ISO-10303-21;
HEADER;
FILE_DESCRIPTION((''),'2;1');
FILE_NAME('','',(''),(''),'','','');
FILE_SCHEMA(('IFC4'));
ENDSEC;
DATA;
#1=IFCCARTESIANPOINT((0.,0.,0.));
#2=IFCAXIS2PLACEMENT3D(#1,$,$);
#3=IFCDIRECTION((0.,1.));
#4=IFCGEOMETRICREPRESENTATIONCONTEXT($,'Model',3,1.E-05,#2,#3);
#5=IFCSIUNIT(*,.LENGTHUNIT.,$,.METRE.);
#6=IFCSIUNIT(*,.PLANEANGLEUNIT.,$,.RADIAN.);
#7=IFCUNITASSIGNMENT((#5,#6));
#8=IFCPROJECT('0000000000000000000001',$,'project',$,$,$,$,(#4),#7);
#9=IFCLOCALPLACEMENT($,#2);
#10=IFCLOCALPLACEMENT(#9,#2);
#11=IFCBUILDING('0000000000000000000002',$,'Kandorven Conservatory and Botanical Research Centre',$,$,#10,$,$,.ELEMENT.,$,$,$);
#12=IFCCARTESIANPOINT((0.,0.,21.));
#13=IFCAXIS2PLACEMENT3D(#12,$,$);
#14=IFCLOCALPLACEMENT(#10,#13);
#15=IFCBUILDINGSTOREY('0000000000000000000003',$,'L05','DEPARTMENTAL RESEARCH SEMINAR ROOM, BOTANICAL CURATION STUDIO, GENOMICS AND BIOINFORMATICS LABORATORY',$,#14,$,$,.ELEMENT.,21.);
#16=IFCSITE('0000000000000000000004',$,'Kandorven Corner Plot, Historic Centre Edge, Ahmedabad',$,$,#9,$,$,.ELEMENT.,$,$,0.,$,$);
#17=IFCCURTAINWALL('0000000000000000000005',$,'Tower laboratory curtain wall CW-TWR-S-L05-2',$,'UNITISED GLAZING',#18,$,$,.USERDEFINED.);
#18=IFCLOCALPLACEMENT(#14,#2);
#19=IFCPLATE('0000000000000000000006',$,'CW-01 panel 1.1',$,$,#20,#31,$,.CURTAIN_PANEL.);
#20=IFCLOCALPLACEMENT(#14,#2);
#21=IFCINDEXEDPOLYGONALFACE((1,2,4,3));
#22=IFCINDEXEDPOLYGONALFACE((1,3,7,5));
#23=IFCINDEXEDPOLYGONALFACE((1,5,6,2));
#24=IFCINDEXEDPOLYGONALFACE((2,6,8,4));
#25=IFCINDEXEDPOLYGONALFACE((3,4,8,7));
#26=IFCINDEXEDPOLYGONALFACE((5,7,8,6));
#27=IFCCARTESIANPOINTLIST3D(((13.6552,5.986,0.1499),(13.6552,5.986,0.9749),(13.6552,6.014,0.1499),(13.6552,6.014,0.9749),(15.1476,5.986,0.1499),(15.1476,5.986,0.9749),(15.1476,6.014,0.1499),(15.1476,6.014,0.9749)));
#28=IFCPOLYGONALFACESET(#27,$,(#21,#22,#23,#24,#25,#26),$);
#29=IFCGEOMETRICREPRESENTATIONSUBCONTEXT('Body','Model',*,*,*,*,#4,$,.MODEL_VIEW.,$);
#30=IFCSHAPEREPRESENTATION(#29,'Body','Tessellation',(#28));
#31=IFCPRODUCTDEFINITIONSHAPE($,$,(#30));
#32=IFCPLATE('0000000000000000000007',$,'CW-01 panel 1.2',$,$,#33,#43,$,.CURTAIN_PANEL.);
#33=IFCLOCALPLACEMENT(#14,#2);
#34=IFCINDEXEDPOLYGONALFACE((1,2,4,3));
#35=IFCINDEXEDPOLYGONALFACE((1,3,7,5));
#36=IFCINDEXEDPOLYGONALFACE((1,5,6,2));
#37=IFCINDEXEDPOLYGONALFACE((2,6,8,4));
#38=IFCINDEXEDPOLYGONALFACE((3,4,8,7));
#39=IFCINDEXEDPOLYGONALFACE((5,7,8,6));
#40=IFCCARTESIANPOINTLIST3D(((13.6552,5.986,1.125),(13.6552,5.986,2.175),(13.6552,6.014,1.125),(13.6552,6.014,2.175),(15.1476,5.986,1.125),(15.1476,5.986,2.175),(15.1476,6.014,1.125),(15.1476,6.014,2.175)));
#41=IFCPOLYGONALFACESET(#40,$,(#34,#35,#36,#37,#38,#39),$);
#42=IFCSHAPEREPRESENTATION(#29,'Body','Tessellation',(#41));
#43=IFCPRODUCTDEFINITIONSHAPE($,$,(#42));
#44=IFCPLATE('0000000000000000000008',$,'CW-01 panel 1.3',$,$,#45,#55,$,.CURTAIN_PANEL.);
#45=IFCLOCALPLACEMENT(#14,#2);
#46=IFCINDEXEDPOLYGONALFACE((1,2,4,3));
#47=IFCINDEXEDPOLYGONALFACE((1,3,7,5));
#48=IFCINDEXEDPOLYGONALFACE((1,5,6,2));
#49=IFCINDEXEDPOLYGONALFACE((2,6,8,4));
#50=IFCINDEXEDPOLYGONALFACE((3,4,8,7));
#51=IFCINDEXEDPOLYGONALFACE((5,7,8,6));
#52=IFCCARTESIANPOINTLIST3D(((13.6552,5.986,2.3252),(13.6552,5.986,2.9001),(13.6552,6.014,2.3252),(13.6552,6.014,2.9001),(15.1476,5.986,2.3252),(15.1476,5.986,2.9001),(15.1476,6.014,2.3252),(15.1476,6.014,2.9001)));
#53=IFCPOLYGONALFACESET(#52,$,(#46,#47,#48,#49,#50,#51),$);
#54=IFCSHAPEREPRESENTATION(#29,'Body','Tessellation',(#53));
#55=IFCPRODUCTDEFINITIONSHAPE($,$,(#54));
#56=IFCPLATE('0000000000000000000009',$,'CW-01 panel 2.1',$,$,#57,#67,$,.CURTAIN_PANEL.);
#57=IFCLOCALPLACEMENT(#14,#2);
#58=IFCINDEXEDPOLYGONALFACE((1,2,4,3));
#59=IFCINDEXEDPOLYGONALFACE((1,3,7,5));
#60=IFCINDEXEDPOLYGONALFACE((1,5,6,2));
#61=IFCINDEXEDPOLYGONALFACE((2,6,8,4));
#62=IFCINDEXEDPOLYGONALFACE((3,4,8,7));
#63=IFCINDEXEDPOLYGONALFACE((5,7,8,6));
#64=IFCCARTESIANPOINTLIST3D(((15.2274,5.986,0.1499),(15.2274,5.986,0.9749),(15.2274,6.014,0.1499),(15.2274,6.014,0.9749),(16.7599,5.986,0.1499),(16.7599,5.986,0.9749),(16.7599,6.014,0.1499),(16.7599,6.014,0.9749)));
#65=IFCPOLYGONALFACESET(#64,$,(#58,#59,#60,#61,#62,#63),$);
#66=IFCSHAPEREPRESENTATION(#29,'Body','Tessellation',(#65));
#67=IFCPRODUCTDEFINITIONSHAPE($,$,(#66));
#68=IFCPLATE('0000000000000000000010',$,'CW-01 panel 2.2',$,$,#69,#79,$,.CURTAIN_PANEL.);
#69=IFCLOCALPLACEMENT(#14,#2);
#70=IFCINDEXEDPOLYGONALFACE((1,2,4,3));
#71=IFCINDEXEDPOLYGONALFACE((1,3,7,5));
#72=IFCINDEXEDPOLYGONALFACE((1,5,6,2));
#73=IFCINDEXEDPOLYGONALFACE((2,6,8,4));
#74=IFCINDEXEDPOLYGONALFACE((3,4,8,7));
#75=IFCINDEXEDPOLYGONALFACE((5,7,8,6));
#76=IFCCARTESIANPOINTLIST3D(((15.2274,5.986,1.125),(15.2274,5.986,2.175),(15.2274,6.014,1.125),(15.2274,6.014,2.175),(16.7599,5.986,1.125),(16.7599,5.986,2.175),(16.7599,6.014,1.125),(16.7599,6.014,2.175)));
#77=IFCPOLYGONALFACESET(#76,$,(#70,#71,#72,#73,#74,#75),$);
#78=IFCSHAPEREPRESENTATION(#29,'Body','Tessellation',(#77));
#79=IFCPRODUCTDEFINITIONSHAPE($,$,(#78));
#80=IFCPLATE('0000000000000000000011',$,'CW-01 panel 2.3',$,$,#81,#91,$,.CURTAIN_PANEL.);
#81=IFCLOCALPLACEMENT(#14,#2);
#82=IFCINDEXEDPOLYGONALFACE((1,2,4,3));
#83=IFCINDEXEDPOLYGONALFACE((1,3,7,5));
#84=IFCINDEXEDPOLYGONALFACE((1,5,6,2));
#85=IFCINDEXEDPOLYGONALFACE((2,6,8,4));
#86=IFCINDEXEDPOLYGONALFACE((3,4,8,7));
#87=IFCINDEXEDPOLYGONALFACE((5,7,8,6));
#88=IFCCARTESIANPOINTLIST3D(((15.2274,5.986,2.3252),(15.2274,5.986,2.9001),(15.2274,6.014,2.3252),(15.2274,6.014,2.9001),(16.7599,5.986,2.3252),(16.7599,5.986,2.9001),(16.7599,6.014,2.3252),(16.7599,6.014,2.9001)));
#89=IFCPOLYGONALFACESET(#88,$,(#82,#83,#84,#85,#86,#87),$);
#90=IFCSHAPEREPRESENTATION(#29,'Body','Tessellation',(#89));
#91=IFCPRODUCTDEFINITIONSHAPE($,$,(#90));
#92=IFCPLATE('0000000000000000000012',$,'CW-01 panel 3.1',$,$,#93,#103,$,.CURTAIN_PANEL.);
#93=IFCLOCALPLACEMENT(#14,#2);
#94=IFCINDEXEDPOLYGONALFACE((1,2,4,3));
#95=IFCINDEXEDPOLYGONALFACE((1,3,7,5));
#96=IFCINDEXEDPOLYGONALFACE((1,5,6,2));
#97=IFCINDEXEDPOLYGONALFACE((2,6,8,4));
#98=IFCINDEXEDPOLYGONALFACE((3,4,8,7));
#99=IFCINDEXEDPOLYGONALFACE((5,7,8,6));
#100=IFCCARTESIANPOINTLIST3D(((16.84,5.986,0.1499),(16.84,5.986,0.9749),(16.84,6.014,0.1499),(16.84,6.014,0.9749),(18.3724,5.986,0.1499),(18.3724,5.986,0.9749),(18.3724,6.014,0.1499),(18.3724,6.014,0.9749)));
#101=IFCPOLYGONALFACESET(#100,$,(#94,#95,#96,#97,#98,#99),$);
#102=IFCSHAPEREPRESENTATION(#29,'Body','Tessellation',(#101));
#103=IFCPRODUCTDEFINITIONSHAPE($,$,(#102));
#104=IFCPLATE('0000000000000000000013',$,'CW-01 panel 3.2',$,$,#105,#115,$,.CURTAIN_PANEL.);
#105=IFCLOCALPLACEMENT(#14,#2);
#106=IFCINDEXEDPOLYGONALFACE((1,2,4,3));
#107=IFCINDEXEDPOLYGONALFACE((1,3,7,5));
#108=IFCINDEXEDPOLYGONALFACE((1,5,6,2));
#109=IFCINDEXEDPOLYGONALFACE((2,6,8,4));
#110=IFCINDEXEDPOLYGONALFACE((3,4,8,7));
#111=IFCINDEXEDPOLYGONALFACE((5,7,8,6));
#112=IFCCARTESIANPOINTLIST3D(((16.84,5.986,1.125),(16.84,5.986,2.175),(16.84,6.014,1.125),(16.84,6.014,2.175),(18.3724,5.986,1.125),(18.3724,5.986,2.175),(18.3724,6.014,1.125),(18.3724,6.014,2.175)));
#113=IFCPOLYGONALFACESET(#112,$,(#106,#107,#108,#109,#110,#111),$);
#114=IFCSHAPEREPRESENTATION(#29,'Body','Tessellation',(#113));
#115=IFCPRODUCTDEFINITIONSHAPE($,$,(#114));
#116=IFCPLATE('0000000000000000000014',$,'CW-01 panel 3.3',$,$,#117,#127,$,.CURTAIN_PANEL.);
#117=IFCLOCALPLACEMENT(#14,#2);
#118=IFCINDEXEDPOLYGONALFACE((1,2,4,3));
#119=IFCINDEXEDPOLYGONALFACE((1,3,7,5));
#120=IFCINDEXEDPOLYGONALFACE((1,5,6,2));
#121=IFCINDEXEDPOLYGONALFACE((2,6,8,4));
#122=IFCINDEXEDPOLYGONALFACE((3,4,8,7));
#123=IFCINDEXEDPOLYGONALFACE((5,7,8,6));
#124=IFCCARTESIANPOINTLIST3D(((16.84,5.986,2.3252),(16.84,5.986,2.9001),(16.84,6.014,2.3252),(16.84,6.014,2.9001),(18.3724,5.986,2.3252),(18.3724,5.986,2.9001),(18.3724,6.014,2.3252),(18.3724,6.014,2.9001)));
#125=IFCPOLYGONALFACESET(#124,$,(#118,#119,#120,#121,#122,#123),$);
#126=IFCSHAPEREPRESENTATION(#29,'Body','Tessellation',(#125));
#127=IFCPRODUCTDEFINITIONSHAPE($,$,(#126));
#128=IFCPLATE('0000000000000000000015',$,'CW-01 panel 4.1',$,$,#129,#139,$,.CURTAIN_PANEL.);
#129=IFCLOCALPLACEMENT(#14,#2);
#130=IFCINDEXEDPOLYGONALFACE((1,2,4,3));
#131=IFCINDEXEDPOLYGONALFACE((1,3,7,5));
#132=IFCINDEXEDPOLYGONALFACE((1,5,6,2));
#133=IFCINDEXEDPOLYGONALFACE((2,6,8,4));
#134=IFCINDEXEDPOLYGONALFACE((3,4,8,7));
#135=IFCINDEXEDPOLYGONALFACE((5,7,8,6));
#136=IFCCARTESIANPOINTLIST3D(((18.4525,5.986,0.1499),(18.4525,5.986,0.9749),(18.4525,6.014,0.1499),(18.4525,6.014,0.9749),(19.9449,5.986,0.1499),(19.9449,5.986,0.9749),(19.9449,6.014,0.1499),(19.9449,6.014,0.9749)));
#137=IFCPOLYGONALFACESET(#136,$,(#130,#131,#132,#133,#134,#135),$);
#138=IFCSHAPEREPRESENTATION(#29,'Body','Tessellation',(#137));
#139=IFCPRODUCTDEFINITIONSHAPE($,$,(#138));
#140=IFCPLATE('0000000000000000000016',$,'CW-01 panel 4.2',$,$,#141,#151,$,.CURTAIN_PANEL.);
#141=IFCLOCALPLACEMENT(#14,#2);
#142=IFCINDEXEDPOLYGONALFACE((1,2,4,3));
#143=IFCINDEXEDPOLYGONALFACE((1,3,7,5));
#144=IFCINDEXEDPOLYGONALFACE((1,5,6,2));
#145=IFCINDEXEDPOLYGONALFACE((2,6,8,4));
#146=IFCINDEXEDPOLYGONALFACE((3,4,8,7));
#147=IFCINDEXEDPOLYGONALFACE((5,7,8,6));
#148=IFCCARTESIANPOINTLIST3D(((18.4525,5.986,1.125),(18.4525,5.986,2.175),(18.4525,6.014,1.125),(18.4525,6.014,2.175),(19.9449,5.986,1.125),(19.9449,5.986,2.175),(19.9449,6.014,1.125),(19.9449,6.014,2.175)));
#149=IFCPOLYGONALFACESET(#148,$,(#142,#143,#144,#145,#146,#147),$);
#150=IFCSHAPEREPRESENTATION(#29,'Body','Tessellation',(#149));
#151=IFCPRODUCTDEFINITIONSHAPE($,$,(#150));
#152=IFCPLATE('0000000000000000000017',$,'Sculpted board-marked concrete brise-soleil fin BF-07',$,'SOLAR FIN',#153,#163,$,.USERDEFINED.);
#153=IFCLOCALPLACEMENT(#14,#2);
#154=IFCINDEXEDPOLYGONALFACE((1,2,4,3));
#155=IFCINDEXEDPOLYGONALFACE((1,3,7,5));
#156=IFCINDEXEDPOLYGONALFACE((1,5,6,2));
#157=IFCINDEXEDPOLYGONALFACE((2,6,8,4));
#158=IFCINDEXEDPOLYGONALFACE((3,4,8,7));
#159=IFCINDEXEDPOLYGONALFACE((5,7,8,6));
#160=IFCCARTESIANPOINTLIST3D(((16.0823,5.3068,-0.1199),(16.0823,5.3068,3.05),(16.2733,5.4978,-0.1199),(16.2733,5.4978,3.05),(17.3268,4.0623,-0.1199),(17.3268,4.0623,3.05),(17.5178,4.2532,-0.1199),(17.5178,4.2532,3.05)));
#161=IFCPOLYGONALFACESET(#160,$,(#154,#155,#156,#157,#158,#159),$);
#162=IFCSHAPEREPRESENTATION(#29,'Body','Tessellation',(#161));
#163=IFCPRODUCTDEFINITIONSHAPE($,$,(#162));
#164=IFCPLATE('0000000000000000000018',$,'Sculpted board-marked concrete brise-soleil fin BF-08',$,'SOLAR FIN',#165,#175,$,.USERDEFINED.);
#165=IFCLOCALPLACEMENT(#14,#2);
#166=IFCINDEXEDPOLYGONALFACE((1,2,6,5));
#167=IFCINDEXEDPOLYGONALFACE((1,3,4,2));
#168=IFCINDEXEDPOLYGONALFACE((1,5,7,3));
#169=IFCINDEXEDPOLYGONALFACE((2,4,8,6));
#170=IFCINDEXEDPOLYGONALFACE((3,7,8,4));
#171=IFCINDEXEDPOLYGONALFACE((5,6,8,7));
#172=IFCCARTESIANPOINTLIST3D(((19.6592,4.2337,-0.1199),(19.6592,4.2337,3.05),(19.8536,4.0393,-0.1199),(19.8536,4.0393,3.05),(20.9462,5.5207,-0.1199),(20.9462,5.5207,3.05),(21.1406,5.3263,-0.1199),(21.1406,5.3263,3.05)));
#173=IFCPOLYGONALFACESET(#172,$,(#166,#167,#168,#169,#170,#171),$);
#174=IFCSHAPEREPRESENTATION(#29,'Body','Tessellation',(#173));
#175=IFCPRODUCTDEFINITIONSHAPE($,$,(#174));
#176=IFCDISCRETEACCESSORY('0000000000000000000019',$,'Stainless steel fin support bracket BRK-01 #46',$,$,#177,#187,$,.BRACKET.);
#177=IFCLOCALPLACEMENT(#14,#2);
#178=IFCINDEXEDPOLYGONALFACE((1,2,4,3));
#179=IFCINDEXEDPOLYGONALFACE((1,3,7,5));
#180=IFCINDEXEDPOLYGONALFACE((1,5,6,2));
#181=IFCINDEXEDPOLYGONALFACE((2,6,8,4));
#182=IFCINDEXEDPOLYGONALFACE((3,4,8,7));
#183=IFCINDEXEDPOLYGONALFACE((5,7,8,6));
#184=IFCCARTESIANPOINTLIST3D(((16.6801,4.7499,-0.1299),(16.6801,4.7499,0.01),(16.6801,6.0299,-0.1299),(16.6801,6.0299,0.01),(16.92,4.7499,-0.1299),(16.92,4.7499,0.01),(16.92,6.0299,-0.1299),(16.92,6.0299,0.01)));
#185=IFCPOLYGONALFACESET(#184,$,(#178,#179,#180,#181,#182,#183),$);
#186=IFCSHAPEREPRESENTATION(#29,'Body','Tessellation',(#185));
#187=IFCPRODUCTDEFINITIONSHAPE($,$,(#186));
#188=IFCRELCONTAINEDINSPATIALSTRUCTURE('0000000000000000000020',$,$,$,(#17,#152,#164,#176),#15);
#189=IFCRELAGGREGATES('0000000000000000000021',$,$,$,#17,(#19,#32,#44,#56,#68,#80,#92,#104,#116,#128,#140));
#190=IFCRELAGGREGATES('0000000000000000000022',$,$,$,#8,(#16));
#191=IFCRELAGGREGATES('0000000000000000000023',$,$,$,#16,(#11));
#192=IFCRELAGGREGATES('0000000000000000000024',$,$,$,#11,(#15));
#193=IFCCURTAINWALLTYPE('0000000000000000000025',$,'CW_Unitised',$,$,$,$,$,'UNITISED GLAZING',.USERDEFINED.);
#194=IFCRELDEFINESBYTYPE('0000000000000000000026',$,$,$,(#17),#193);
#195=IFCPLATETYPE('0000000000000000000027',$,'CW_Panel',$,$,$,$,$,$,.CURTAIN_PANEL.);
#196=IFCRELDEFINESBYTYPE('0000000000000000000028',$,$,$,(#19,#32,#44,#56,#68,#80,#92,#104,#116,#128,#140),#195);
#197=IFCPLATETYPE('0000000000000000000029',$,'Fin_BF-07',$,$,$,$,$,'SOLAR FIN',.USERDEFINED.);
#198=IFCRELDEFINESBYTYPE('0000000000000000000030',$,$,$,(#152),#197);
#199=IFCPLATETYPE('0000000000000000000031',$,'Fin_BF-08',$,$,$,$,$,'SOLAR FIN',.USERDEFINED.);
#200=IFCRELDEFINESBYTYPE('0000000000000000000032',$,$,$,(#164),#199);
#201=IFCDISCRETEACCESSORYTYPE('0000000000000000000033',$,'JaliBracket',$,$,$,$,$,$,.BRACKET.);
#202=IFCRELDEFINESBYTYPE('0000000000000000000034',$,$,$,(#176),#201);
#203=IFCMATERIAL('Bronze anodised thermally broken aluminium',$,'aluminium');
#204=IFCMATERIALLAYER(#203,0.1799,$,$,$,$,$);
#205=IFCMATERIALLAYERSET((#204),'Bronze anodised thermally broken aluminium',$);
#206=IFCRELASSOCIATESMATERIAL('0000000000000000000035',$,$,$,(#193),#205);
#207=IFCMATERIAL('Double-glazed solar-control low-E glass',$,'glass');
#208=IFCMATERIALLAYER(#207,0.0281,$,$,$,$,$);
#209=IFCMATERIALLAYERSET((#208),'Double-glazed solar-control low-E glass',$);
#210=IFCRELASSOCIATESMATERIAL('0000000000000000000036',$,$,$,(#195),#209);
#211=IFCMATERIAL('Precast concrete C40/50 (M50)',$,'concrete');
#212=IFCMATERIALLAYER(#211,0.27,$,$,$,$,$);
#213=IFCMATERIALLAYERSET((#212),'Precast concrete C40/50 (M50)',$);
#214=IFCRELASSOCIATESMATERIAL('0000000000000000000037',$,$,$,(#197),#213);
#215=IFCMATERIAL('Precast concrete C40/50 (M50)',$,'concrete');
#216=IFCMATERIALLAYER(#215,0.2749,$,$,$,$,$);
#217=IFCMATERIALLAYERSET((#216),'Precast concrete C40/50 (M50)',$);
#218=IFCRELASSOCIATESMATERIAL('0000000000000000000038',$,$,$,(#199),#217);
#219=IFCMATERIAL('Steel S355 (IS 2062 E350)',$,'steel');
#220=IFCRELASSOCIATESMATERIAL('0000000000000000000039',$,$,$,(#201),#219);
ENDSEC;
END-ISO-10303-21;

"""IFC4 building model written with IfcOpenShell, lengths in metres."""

from ifc_helpers import new_model, si_unit, direction, frame, origin, origin_2d, place, context, subcontext, project, spatial, rectangle, extrude, material, layer, layer_set, type_object, element, aggregate, save


model = new_model("IFC4")

# Units and contexts
model_context = context("Model", 3, precision=1e-05, world=origin(), true_north=direction((0.0, 1.0)))
body_context = subcontext(model_context, "Body", "Model", "MODEL_VIEW")
ifc_project = project(units=[si_unit("LENGTHUNIT", "METRE"), si_unit("PLANEANGLEUNIT", "RADIAN")], contexts=[model_context])

# Site, building, storey
site_placement = place(None, origin())
site = spatial("IfcSite", under=ifc_project, at=site_placement, Name="Kandorven Corner Plot, Historic Centre Edge, Ahmedabad", CompositionType="ELEMENT", RefElevation=0.0)
building_placement = place(site_placement, origin())
building = spatial("IfcBuilding", under=site, at=building_placement, Name="Kandorven Conservatory and Botanical Research Centre", CompositionType="ELEMENT")
storey_placement = place(building_placement, frame((0.0, 0.0, 21.0)))
storey = spatial("IfcBuildingStorey", under=building, at=storey_placement, Name="L05", Description="DEPARTMENTAL RESEARCH SEMINAR ROOM, BOTANICAL CURATION STUDIO, GENOMICS AND BIOINFORMATICS LABORATORY", CompositionType="ELEMENT", Elevation=21.0)

# Curtain wall, plates
ifc_material_1 = material(Name="Bronze anodised thermally broken aluminium", Category="aluminium")
ifc_layer_1 = layer(ifc_material_1, 0.1799)
ifc_layer_set_1 = layer_set([ifc_layer_1], Name="Bronze anodised thermally broken aluminium")
curtain_wall_type = type_object("IfcCurtainWallType", Name="CW_Unitised", ElementType="UNITISED GLAZING", PredefinedType="USERDEFINED", material=ifc_layer_set_1)
curtain_wall_placement = place(storey_placement, origin())
curtain_wall = element("IfcCurtainWall", 1, at=curtain_wall_placement, inside=storey, type_object=curtain_wall_type, Name="Tower laboratory curtain wall CW-TWR-S-L05-2", ObjectType="UNITISED GLAZING", PredefinedType="USERDEFINED")
ifc_material_2 = material(Name="Double-glazed solar-control low-E glass", Category="glass")
ifc_layer_2 = layer(ifc_material_2, 0.0281)
ifc_layer_set_2 = layer_set([ifc_layer_2], Name="Double-glazed solar-control low-E glass")
plate_type_1 = type_object("IfcPlateType", Name="CW_Panel", PredefinedType="CURTAIN_PANEL", material=ifc_layer_set_2)
plate_1_placement = place(storey_placement, frame((14.4014, 6.0, 0.1499), z_axis=(0.0, 0.0, 1.0), x_axis=(1.0, 0.0, 0.0)))
plate_1 = element("IfcPlate", 2, at=plate_1_placement, type_object=plate_type_1, Name="CW-01 panel 1.1", PredefinedType="CURTAIN_PANEL", context=body_context, shape_type="SweptSolid", body=[
    extrude(rectangle(XDim=1.4924, YDim=0.0281, at=origin_2d()), origin(), (0.0, 0.0, 1.0), 0.825),
])
plate_2_placement = place(storey_placement, frame((14.4014, 6.0, 1.125), z_axis=(0.0, 0.0, 1.0), x_axis=(1.0, 0.0, 0.0)))
plate_2 = element("IfcPlate", 3, at=plate_2_placement, type_object=plate_type_1, Name="CW-01 panel 1.2", PredefinedType="CURTAIN_PANEL", context=body_context, shape_type="SweptSolid", body=[
    extrude(rectangle(XDim=1.4924, YDim=0.0281, at=origin_2d()), origin(), (0.0, 0.0, 1.0), 1.05),
])
plate_3_placement = place(storey_placement, frame((14.4014, 6.0, 2.3252), z_axis=(0.0, 0.0, 1.0), x_axis=(1.0, 0.0, 0.0)))
plate_3 = element("IfcPlate", 4, at=plate_3_placement, type_object=plate_type_1, Name="CW-01 panel 1.3", PredefinedType="CURTAIN_PANEL", context=body_context, shape_type="SweptSolid", body=[
    extrude(rectangle(XDim=1.4924, YDim=0.0281, at=origin_2d()), origin(), (0.0, 0.0, 1.0), 0.575),
])
plate_4_placement = place(storey_placement, frame((15.9937, 6.0, 0.1499), z_axis=(0.0, 0.0, 1.0), x_axis=(1.0, 0.0, 0.0)))
plate_4 = element("IfcPlate", 5, at=plate_4_placement, type_object=plate_type_1, Name="CW-01 panel 2.1", PredefinedType="CURTAIN_PANEL", context=body_context, shape_type="SweptSolid", body=[
    extrude(rectangle(XDim=1.5325, YDim=0.0281, at=origin_2d()), origin(), (0.0, 0.0, 1.0), 0.825),
])
plate_5_placement = place(storey_placement, frame((15.9937, 6.0, 1.125), z_axis=(0.0, 0.0, 1.0), x_axis=(1.0, 0.0, 0.0)))
plate_5 = element("IfcPlate", 6, at=plate_5_placement, type_object=plate_type_1, Name="CW-01 panel 2.2", PredefinedType="CURTAIN_PANEL", context=body_context, shape_type="SweptSolid", body=[
    extrude(rectangle(XDim=1.5325, YDim=0.0281, at=origin_2d()), origin(), (0.0, 0.0, 1.0), 1.05),
])
plate_6_placement = place(storey_placement, frame((15.9937, 6.0, 2.3252), z_axis=(0.0, 0.0, 1.0), x_axis=(1.0, 0.0, 0.0)))
plate_6 = element("IfcPlate", 7, at=plate_6_placement, type_object=plate_type_1, Name="CW-01 panel 2.3", PredefinedType="CURTAIN_PANEL", context=body_context, shape_type="SweptSolid", body=[
    extrude(rectangle(XDim=1.5325, YDim=0.0281, at=origin_2d()), origin(), (0.0, 0.0, 1.0), 0.575),
])
plate_7_placement = place(storey_placement, frame((17.6062, 6.0, 0.1499), z_axis=(0.0, 0.0, 1.0), x_axis=(1.0, 0.0, 0.0)))
plate_7 = element("IfcPlate", 8, at=plate_7_placement, type_object=plate_type_1, Name="CW-01 panel 3.1", PredefinedType="CURTAIN_PANEL", context=body_context, shape_type="SweptSolid", body=[
    extrude(rectangle(XDim=1.5325, YDim=0.0281, at=origin_2d()), origin(), (0.0, 0.0, 1.0), 0.825),
])
plate_8_placement = place(storey_placement, frame((17.6062, 6.0, 1.125), z_axis=(0.0, 0.0, 1.0), x_axis=(1.0, 0.0, 0.0)))
plate_8 = element("IfcPlate", 9, at=plate_8_placement, type_object=plate_type_1, Name="CW-01 panel 3.2", PredefinedType="CURTAIN_PANEL", context=body_context, shape_type="SweptSolid", body=[
    extrude(rectangle(XDim=1.5325, YDim=0.0281, at=origin_2d()), origin(), (0.0, 0.0, 1.0), 1.05),
])
plate_9_placement = place(storey_placement, frame((17.6062, 6.0, 2.3252), z_axis=(0.0, 0.0, 1.0), x_axis=(1.0, 0.0, 0.0)))
plate_9 = element("IfcPlate", 10, at=plate_9_placement, type_object=plate_type_1, Name="CW-01 panel 3.3", PredefinedType="CURTAIN_PANEL", context=body_context, shape_type="SweptSolid", body=[
    extrude(rectangle(XDim=1.5325, YDim=0.0281, at=origin_2d()), origin(), (0.0, 0.0, 1.0), 0.575),
])
plate_10_placement = place(storey_placement, frame((19.1987, 6.0, 0.1499), z_axis=(0.0, 0.0, 1.0), x_axis=(1.0, 0.0, 0.0)))
plate_10 = element("IfcPlate", 11, at=plate_10_placement, type_object=plate_type_1, Name="CW-01 panel 4.1", PredefinedType="CURTAIN_PANEL", context=body_context, shape_type="SweptSolid", body=[
    extrude(rectangle(XDim=1.4924, YDim=0.0281, at=origin_2d()), origin(), (0.0, 0.0, 1.0), 0.825),
])
plate_11_placement = place(storey_placement, frame((19.1987, 6.0, 1.125), z_axis=(0.0, 0.0, 1.0), x_axis=(1.0, 0.0, 0.0)))
plate_11 = element("IfcPlate", 12, at=plate_11_placement, type_object=plate_type_1, Name="CW-01 panel 4.2", PredefinedType="CURTAIN_PANEL", context=body_context, shape_type="SweptSolid", body=[
    extrude(rectangle(XDim=1.4924, YDim=0.0281, at=origin_2d()), origin(), (0.0, 0.0, 1.0), 1.05),
])
aggregate(curtain_wall, [plate_1, plate_2, plate_3, plate_4, plate_5, plate_6, plate_7, plate_8, plate_9, plate_10, plate_11])

# Plates
ifc_material_3 = material(Name="Precast concrete C40/50 (M50)", Category="concrete")
ifc_layer_3 = layer(ifc_material_3, 0.27)
ifc_layer_set_3 = layer_set([ifc_layer_3], Name="Precast concrete C40/50 (M50)")
plate_type_2 = type_object("IfcPlateType", Name="Fin_BF-07", ElementType="SOLAR FIN", PredefinedType="USERDEFINED", material=ifc_layer_set_3)
plate_12_placement = place(storey_placement, frame((16.8, 4.78, -0.1199), z_axis=(0.0, 0.0, 1.0), x_axis=(-0.707107, 0.707107, 0.0)))
element("IfcPlate", 13, at=plate_12_placement, inside=storey, type_object=plate_type_2, Name="Sculpted board-marked concrete brise-soleil fin BF-07", ObjectType="SOLAR FIN", PredefinedType="USERDEFINED", context=body_context, shape_type="SweptSolid", body=[
    extrude(rectangle(XDim=1.76, YDim=0.27, at=origin_2d()), origin(), (0.0, 0.0, 1.0), 3.1699),
])
ifc_material_4 = material(Name="Precast concrete C40/50 (M50)", Category="concrete")
ifc_layer_4 = layer(ifc_material_4, 0.2749)
ifc_layer_set_4 = layer_set([ifc_layer_4], Name="Precast concrete C40/50 (M50)")
plate_type_3 = type_object("IfcPlateType", Name="Fin_BF-08", ElementType="SOLAR FIN", PredefinedType="USERDEFINED", material=ifc_layer_set_4)
plate_13_placement = place(storey_placement, frame((20.3999, 4.78, -0.1199), z_axis=(0.0, 0.0, 1.0), x_axis=(0.707107, 0.707107, 0.0)))
element("IfcPlate", 14, at=plate_13_placement, inside=storey, type_object=plate_type_3, Name="Sculpted board-marked concrete brise-soleil fin BF-08", ObjectType="SOLAR FIN", PredefinedType="USERDEFINED", context=body_context, shape_type="SweptSolid", body=[
    extrude(rectangle(XDim=1.8201, YDim=0.2749, at=origin_2d()), origin(), (0.0, 0.0, 1.0), 3.1699),
])

# Discrete accessory
ifc_material_5 = material(Name="Steel S355 (IS 2062 E350)", Category="steel")
discrete_accessory_type_1 = type_object("IfcDiscreteAccessoryType", Name="JaliBracket", PredefinedType="BRACKET", material=ifc_material_5)
discrete_accessory_1_placement = place(storey_placement, frame((16.8, 5.3899, -0.1299), z_axis=(0.0, 0.0, 1.0), x_axis=(1.0, 0.0, 0.0)))
element("IfcDiscreteAccessory", 15, at=discrete_accessory_1_placement, inside=storey, type_object=discrete_accessory_type_1, Name="Stainless steel fin support bracket BRK-01 #46", PredefinedType="BRACKET", context=body_context, shape_type="SweptSolid", body=[
    extrude(rectangle(XDim=0.24, YDim=1.28, at=origin_2d()), origin(), (0.0, 0.0, 1.0), 0.1399),
])

save(model, "model.ifc")
